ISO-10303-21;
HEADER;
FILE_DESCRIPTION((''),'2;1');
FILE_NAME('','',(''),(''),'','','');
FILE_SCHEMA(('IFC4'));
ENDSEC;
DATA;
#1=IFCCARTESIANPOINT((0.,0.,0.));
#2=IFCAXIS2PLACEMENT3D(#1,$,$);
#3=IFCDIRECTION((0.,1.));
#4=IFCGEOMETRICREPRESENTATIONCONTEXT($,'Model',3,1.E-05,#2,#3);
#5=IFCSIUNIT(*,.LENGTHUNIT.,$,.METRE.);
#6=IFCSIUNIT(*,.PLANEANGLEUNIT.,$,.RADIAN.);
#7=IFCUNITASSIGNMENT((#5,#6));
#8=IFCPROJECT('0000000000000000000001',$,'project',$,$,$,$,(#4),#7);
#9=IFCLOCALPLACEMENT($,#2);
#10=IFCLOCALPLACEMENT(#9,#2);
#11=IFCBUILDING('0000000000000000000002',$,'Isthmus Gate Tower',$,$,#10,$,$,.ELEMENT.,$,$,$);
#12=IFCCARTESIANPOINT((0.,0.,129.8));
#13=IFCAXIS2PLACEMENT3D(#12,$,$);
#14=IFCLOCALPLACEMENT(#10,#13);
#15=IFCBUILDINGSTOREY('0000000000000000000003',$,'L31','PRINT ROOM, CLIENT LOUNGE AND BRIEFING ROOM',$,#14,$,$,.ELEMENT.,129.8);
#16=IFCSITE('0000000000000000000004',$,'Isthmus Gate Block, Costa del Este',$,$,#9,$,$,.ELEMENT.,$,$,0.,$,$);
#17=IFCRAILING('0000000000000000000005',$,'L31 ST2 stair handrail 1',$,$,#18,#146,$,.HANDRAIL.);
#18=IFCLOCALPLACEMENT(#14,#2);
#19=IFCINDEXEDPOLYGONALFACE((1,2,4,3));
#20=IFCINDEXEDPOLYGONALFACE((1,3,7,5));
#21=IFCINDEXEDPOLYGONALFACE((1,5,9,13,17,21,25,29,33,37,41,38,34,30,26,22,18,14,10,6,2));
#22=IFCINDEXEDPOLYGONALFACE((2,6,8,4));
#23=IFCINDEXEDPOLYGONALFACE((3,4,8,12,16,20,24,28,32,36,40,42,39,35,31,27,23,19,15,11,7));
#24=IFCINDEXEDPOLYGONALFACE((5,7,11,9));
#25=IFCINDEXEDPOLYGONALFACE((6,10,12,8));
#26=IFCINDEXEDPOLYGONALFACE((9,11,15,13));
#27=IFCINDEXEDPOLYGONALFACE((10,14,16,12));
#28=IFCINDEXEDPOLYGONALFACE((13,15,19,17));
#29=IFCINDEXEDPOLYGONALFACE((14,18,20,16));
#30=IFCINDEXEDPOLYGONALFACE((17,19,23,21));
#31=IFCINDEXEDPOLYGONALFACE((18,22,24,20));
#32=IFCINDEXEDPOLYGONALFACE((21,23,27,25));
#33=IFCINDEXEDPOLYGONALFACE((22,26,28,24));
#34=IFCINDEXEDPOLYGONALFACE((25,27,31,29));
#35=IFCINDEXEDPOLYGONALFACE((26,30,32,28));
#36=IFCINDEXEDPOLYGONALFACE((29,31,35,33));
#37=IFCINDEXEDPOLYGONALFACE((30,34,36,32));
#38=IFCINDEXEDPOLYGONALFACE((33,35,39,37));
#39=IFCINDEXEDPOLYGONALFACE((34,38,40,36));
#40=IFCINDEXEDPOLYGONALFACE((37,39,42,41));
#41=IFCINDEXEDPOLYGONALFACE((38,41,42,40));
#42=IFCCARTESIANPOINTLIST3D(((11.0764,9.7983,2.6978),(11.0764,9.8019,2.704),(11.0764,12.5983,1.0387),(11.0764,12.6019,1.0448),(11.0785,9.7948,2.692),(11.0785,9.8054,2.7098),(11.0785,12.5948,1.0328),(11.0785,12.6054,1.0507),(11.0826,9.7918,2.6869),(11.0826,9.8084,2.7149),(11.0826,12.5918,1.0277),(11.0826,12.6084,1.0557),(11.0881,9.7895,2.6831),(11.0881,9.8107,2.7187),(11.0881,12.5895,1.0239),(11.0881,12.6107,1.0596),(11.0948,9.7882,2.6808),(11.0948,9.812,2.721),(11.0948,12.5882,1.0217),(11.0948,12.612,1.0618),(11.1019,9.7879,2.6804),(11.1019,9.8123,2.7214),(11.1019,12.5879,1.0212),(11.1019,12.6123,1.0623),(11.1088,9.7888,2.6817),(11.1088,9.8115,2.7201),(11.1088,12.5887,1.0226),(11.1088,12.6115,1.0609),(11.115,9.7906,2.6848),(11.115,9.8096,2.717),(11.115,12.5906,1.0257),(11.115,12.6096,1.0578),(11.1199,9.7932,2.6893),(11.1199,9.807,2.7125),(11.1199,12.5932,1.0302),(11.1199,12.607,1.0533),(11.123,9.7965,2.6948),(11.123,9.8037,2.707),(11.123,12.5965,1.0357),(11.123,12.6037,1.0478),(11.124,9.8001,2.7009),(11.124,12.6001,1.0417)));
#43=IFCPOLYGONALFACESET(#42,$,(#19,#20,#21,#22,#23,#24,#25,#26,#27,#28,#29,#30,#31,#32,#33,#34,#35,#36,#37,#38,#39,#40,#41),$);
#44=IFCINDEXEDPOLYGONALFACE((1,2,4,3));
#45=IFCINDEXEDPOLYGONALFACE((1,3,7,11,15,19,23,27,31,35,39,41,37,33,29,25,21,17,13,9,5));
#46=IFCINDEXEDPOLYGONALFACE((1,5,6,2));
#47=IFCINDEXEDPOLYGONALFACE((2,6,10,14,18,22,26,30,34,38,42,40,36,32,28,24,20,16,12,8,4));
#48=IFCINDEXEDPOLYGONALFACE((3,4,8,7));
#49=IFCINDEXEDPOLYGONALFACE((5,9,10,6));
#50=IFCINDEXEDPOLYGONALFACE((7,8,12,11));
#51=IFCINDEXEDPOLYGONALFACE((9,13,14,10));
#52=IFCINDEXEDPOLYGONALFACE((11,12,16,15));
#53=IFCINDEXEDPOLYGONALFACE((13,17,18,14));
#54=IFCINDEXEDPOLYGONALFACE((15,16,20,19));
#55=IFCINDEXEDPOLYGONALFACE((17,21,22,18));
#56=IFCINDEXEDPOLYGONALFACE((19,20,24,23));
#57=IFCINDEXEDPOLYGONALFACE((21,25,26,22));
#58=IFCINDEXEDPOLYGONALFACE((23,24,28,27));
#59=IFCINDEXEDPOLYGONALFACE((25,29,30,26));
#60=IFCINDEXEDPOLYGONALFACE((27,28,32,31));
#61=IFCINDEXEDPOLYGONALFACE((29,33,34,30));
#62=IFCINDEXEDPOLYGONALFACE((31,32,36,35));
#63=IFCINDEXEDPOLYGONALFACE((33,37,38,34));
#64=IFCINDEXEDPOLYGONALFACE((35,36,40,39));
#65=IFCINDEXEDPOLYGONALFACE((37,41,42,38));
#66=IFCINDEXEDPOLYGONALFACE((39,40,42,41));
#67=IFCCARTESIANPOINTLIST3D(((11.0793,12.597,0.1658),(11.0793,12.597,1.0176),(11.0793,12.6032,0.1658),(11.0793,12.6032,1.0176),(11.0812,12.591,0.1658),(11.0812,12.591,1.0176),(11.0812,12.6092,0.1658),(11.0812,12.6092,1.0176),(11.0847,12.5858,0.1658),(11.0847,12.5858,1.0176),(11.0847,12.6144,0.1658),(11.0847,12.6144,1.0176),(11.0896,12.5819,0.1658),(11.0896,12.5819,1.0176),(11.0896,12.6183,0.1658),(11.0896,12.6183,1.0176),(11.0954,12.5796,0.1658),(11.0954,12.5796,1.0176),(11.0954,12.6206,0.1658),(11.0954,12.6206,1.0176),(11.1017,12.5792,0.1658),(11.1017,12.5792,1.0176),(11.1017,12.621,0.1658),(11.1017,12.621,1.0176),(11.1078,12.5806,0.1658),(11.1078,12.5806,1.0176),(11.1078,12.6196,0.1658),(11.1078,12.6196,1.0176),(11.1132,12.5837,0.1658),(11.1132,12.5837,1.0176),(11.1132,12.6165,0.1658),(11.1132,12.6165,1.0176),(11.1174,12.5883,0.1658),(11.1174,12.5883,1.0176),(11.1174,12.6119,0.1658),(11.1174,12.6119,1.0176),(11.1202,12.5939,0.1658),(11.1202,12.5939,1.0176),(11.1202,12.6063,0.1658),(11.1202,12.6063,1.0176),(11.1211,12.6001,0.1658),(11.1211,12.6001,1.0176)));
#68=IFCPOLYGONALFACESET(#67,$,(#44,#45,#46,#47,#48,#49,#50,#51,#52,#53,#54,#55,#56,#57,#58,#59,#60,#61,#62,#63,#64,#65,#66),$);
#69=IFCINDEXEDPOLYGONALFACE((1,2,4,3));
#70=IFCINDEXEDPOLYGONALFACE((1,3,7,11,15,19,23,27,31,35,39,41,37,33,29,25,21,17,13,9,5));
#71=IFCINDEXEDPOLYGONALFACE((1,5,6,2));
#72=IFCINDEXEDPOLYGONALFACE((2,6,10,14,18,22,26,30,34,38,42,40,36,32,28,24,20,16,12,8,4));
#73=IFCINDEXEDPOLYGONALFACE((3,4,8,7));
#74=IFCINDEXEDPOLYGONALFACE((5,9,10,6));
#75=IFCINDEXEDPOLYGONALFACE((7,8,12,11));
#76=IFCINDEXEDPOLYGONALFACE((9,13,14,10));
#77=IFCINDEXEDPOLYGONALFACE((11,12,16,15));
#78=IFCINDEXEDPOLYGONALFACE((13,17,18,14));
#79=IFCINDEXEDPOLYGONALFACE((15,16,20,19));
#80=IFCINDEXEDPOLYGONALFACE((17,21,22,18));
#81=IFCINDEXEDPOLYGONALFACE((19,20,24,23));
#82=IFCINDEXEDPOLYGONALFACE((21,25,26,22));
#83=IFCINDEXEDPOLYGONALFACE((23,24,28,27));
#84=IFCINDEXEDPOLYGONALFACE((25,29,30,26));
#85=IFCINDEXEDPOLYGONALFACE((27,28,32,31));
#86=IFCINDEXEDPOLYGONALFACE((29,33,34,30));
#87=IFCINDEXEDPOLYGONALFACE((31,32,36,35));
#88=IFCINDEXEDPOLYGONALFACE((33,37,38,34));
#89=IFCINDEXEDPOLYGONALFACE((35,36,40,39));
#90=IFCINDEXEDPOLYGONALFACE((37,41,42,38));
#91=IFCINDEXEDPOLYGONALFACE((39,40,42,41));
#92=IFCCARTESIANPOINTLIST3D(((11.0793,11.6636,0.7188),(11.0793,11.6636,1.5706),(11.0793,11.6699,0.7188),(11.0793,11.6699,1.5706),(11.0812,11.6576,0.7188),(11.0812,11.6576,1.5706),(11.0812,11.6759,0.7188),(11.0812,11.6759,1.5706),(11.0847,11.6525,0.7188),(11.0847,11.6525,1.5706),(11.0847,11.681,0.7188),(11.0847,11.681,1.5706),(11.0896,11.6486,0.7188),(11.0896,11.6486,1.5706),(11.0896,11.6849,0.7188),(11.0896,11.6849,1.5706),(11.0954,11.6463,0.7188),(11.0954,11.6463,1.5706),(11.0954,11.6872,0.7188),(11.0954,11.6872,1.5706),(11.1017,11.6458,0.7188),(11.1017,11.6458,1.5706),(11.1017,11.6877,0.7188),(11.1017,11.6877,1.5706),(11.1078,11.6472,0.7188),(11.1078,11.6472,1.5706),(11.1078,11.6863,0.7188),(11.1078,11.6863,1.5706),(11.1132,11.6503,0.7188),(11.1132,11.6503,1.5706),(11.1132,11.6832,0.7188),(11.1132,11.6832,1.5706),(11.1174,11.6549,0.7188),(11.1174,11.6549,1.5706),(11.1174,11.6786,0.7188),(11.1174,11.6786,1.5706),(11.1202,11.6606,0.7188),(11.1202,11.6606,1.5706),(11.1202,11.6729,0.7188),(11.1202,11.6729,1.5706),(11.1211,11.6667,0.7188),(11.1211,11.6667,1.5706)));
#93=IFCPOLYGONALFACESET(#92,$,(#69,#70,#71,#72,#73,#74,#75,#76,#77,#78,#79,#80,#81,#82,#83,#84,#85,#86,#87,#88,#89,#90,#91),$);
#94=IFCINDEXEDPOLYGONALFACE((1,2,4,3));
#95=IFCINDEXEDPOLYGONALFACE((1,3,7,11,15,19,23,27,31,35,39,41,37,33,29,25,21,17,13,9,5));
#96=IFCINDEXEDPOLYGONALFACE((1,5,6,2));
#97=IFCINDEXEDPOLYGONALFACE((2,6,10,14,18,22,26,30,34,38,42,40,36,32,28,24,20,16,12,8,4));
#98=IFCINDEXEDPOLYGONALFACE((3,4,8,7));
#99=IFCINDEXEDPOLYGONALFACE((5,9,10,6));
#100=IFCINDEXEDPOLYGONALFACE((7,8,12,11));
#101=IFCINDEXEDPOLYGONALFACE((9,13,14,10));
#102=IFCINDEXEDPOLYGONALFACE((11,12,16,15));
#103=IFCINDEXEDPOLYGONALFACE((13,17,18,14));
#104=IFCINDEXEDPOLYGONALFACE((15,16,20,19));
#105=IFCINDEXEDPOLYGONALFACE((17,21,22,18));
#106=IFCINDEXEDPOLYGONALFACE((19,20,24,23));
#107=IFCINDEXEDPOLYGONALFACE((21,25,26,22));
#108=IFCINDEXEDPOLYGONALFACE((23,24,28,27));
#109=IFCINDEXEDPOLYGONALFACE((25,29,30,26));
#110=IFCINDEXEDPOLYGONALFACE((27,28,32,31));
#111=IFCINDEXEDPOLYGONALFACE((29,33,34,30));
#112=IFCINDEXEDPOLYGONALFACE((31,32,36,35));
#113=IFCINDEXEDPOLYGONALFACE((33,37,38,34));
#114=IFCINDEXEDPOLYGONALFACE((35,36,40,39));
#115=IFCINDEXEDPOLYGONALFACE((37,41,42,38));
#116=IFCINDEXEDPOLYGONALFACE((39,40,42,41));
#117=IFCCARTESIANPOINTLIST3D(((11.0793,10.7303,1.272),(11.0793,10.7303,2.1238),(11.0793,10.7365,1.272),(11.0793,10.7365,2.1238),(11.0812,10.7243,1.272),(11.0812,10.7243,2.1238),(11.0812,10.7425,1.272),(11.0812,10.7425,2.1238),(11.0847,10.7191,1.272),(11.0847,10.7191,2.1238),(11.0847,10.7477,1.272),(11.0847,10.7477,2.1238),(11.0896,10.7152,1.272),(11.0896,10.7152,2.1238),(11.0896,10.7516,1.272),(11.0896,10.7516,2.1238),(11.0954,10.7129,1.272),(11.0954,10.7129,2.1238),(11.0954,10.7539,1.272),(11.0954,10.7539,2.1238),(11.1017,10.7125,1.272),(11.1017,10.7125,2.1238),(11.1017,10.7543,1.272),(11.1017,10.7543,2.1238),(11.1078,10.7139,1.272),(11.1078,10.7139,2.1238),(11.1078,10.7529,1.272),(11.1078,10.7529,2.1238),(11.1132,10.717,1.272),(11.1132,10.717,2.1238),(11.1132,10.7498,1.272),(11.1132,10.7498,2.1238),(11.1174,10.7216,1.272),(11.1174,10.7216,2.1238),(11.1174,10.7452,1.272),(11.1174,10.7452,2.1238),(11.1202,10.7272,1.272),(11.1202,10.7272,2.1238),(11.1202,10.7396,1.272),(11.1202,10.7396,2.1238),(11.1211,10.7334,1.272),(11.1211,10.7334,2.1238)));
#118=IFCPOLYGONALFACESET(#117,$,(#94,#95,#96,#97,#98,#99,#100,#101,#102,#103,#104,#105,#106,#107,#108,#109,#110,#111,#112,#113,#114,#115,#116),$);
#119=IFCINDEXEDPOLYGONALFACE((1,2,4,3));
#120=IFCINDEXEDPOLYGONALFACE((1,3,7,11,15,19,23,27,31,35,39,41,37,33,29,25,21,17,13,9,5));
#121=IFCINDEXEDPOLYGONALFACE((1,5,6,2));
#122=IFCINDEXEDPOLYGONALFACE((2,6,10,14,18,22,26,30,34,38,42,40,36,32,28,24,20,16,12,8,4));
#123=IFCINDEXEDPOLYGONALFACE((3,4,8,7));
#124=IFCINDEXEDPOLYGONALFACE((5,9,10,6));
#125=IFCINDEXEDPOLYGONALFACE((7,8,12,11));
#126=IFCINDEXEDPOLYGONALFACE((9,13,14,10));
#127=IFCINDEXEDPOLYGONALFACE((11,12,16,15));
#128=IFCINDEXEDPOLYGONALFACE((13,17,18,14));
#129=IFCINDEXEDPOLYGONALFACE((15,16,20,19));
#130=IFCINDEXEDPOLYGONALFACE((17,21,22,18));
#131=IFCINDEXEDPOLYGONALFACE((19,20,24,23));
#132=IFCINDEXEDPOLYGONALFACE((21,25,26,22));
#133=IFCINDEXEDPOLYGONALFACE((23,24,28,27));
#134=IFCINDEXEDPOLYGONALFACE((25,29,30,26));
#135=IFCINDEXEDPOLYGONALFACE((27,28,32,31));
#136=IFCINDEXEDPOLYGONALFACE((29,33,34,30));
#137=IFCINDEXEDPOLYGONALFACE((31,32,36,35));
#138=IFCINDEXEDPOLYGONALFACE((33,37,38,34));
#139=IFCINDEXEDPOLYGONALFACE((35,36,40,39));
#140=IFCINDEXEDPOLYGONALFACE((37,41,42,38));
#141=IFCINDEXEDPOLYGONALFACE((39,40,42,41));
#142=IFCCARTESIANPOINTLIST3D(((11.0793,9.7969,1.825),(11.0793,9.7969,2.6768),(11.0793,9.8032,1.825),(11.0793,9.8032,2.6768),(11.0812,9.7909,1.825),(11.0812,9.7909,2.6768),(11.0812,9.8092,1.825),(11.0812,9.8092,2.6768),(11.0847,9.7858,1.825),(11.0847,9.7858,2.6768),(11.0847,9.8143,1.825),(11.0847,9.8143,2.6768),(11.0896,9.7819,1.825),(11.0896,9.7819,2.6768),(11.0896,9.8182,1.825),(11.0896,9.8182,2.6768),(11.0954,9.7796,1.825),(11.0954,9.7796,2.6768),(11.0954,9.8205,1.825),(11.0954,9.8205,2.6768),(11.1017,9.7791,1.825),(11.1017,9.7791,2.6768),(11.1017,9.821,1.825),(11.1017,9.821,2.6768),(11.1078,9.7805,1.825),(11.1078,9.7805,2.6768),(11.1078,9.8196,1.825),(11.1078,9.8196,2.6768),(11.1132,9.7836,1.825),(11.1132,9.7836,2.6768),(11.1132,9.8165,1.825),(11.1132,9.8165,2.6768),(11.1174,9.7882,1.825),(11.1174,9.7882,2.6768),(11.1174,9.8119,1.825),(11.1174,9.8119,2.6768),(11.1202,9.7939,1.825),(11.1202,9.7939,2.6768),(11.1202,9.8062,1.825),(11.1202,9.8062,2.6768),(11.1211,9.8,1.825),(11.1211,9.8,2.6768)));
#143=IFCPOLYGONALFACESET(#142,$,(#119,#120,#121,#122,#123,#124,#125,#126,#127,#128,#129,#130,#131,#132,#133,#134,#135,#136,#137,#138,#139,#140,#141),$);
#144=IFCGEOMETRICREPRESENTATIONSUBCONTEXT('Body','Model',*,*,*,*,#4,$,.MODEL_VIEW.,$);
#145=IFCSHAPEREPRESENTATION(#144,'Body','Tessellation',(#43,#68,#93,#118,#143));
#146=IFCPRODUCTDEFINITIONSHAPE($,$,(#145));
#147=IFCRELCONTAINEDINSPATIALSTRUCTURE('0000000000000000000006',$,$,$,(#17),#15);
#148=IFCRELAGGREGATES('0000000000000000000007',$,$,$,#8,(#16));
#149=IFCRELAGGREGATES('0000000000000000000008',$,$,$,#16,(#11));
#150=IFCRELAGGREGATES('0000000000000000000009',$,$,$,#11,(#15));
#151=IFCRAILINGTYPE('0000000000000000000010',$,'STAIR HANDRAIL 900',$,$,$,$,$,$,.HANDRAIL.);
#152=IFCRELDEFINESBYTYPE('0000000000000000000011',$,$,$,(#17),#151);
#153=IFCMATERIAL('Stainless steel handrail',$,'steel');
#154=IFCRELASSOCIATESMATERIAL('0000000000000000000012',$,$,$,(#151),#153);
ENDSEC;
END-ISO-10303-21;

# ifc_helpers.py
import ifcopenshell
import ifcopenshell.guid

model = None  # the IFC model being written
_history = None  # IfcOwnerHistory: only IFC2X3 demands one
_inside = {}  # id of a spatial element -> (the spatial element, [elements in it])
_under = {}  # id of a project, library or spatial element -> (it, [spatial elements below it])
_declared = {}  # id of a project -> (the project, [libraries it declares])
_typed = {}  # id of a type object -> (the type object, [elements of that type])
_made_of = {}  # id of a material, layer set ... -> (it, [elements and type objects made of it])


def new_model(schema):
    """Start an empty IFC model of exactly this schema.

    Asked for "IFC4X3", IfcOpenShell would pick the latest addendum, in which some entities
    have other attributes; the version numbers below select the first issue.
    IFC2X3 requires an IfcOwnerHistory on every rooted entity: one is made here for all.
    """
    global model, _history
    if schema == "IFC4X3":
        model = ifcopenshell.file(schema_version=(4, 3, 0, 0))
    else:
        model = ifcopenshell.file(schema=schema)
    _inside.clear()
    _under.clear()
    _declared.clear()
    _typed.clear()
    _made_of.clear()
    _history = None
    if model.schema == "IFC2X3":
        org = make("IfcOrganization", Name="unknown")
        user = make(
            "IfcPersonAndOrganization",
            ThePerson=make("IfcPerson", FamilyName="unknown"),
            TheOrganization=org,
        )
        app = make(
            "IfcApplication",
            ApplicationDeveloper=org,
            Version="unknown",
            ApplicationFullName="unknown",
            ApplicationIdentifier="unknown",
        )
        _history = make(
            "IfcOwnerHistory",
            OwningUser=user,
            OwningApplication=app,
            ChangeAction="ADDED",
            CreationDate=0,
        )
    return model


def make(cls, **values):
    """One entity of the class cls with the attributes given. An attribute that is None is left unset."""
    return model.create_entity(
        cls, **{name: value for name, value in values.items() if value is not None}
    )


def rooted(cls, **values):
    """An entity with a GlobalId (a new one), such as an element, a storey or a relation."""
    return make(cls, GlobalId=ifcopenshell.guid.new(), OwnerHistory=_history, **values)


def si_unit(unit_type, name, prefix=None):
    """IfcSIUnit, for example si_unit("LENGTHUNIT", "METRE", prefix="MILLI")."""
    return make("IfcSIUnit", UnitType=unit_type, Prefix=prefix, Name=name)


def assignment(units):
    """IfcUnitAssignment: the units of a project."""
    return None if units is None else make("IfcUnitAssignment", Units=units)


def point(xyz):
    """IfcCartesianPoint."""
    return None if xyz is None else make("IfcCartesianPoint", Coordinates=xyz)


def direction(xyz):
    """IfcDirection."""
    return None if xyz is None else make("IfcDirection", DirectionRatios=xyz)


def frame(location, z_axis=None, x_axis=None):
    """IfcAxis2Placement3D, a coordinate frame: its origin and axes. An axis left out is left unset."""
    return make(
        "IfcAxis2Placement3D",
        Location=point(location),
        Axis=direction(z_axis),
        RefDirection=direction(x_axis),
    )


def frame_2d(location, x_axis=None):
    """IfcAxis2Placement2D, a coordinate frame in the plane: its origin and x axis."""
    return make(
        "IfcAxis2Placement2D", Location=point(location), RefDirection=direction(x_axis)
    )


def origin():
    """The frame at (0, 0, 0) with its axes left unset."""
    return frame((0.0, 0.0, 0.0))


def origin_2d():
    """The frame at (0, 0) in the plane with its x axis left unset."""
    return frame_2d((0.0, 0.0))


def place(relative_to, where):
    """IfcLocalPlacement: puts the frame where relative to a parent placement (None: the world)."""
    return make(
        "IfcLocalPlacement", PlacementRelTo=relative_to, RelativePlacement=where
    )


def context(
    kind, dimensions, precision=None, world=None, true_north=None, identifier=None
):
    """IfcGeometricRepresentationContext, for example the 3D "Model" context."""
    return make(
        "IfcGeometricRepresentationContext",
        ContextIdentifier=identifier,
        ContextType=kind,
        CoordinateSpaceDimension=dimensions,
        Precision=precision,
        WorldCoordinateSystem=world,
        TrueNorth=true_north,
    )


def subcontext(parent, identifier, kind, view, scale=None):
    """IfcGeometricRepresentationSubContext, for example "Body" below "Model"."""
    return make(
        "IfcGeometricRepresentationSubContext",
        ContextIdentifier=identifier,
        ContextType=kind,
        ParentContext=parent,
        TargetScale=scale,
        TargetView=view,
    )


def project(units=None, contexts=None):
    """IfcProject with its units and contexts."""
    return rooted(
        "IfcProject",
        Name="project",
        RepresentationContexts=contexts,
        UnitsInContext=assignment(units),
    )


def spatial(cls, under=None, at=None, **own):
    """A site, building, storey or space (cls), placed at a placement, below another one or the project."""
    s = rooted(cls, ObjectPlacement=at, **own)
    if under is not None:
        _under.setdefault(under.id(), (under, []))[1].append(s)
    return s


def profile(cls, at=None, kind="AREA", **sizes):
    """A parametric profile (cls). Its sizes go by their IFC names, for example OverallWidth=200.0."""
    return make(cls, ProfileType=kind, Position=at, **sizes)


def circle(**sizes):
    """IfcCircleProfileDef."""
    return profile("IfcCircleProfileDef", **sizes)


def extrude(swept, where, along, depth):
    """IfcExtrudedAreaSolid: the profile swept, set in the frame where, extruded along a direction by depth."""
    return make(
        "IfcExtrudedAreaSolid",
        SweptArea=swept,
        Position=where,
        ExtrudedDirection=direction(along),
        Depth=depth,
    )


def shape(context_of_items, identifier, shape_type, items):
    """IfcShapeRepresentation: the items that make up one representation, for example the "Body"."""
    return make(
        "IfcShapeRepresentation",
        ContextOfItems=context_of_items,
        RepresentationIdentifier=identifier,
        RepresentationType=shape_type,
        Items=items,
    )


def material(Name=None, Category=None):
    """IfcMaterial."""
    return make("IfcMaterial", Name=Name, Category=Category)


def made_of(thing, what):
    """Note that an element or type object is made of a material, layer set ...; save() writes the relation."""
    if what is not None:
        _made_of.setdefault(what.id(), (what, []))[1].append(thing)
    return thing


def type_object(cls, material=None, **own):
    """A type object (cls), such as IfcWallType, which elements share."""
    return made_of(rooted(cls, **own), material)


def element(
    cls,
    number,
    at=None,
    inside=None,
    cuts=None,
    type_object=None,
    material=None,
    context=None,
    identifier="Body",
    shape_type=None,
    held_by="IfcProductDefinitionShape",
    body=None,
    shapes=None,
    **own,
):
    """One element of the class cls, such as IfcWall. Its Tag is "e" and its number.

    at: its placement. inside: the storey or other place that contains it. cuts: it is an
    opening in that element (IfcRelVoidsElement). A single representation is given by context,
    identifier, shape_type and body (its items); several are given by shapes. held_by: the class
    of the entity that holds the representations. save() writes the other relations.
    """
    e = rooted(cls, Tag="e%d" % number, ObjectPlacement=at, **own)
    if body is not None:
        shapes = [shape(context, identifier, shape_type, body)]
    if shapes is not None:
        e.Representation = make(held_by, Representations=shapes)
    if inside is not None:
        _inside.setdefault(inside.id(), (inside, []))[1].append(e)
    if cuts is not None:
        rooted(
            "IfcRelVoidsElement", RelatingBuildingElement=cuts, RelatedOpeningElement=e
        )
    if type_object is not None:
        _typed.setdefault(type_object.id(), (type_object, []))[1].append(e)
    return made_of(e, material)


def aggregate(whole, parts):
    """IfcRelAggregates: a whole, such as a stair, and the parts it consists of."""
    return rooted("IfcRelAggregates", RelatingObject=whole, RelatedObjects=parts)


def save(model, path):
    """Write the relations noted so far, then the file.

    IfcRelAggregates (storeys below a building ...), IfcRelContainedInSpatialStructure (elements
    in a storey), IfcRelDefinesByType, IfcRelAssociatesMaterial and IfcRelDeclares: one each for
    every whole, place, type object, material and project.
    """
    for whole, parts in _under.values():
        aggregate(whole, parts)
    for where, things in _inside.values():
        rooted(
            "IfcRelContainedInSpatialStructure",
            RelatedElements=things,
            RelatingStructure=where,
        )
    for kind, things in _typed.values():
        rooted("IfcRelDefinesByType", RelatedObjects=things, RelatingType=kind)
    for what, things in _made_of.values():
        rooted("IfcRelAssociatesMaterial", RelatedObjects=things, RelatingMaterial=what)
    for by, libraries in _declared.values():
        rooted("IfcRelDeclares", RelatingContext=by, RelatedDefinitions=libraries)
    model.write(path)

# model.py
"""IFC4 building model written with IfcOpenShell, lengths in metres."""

from ifc_helpers import new_model, si_unit, direction, frame, origin, origin_2d, place, context, subcontext, project, spatial, circle, extrude, material, type_object, element, save


model = new_model("IFC4")

# Units and contexts
model_context = context("Model", 3, precision=1e-05, world=origin(), true_north=direction((0.0, 1.0)))
body_context = subcontext(model_context, "Body", "Model", "MODEL_VIEW")
ifc_project = project(units=[si_unit("LENGTHUNIT", "METRE"), si_unit("PLANEANGLEUNIT", "RADIAN")], contexts=[model_context])

# Site, building, storey
site_placement = place(None, origin())
site = spatial("IfcSite", under=ifc_project, at=site_placement, Name="Isthmus Gate Block, Costa del Este", CompositionType="ELEMENT", RefElevation=0.0)
building_placement = place(site_placement, origin())
building = spatial("IfcBuilding", under=site, at=building_placement, Name="Isthmus Gate Tower", CompositionType="ELEMENT")
storey_placement = place(building_placement, frame((0.0, 0.0, 129.8)))
storey = spatial("IfcBuildingStorey", under=building, at=storey_placement, Name="L31", Description="PRINT ROOM, CLIENT LOUNGE AND BRIEFING ROOM", CompositionType="ELEMENT", Elevation=129.8)

# Railing
ifc_material_1 = material(Name="Stainless steel handrail", Category="steel")
railing_type_1 = type_object("IfcRailingType", Name="STAIR HANDRAIL 900", PredefinedType="HANDRAIL", material=ifc_material_1)
railing_1_placement = place(storey_placement, frame((11.1001, 12.6001, 0.1658)))
element("IfcRailing", 1, at=railing_1_placement, inside=storey, type_object=railing_type_1, Name="L31 ST2 stair handrail 1", PredefinedType="HANDRAIL", context=body_context, shape_type="SweptSolid", body=[
    extrude(circle(Radius=0.0239, at=origin_2d()), frame((0.0, 0.0, 0.876), z_axis=(0.0, -0.860306, 0.509778), x_axis=(1.0, 0.0, 0.0)), (0.0, 0.0, 1.0), 3.2546),
    extrude(circle(Radius=0.021, at=origin_2d()), origin(), (0.0, 0.0, 1.0), 0.8518),
    extrude(circle(Radius=0.021, at=origin_2d()), frame((0.0, -0.9333, 0.553)), (0.0, 0.0, 1.0), 0.8518),
    extrude(circle(Radius=0.021, at=origin_2d()), frame((0.0, -1.8667, 1.1062)), (0.0, 0.0, 1.0), 0.8518),
    extrude(circle(Radius=0.021, at=origin_2d()), frame((0.0, -2.8, 1.6592)), (0.0, 0.0, 1.0), 0.8518),
])

save(model, "model.ifc")
